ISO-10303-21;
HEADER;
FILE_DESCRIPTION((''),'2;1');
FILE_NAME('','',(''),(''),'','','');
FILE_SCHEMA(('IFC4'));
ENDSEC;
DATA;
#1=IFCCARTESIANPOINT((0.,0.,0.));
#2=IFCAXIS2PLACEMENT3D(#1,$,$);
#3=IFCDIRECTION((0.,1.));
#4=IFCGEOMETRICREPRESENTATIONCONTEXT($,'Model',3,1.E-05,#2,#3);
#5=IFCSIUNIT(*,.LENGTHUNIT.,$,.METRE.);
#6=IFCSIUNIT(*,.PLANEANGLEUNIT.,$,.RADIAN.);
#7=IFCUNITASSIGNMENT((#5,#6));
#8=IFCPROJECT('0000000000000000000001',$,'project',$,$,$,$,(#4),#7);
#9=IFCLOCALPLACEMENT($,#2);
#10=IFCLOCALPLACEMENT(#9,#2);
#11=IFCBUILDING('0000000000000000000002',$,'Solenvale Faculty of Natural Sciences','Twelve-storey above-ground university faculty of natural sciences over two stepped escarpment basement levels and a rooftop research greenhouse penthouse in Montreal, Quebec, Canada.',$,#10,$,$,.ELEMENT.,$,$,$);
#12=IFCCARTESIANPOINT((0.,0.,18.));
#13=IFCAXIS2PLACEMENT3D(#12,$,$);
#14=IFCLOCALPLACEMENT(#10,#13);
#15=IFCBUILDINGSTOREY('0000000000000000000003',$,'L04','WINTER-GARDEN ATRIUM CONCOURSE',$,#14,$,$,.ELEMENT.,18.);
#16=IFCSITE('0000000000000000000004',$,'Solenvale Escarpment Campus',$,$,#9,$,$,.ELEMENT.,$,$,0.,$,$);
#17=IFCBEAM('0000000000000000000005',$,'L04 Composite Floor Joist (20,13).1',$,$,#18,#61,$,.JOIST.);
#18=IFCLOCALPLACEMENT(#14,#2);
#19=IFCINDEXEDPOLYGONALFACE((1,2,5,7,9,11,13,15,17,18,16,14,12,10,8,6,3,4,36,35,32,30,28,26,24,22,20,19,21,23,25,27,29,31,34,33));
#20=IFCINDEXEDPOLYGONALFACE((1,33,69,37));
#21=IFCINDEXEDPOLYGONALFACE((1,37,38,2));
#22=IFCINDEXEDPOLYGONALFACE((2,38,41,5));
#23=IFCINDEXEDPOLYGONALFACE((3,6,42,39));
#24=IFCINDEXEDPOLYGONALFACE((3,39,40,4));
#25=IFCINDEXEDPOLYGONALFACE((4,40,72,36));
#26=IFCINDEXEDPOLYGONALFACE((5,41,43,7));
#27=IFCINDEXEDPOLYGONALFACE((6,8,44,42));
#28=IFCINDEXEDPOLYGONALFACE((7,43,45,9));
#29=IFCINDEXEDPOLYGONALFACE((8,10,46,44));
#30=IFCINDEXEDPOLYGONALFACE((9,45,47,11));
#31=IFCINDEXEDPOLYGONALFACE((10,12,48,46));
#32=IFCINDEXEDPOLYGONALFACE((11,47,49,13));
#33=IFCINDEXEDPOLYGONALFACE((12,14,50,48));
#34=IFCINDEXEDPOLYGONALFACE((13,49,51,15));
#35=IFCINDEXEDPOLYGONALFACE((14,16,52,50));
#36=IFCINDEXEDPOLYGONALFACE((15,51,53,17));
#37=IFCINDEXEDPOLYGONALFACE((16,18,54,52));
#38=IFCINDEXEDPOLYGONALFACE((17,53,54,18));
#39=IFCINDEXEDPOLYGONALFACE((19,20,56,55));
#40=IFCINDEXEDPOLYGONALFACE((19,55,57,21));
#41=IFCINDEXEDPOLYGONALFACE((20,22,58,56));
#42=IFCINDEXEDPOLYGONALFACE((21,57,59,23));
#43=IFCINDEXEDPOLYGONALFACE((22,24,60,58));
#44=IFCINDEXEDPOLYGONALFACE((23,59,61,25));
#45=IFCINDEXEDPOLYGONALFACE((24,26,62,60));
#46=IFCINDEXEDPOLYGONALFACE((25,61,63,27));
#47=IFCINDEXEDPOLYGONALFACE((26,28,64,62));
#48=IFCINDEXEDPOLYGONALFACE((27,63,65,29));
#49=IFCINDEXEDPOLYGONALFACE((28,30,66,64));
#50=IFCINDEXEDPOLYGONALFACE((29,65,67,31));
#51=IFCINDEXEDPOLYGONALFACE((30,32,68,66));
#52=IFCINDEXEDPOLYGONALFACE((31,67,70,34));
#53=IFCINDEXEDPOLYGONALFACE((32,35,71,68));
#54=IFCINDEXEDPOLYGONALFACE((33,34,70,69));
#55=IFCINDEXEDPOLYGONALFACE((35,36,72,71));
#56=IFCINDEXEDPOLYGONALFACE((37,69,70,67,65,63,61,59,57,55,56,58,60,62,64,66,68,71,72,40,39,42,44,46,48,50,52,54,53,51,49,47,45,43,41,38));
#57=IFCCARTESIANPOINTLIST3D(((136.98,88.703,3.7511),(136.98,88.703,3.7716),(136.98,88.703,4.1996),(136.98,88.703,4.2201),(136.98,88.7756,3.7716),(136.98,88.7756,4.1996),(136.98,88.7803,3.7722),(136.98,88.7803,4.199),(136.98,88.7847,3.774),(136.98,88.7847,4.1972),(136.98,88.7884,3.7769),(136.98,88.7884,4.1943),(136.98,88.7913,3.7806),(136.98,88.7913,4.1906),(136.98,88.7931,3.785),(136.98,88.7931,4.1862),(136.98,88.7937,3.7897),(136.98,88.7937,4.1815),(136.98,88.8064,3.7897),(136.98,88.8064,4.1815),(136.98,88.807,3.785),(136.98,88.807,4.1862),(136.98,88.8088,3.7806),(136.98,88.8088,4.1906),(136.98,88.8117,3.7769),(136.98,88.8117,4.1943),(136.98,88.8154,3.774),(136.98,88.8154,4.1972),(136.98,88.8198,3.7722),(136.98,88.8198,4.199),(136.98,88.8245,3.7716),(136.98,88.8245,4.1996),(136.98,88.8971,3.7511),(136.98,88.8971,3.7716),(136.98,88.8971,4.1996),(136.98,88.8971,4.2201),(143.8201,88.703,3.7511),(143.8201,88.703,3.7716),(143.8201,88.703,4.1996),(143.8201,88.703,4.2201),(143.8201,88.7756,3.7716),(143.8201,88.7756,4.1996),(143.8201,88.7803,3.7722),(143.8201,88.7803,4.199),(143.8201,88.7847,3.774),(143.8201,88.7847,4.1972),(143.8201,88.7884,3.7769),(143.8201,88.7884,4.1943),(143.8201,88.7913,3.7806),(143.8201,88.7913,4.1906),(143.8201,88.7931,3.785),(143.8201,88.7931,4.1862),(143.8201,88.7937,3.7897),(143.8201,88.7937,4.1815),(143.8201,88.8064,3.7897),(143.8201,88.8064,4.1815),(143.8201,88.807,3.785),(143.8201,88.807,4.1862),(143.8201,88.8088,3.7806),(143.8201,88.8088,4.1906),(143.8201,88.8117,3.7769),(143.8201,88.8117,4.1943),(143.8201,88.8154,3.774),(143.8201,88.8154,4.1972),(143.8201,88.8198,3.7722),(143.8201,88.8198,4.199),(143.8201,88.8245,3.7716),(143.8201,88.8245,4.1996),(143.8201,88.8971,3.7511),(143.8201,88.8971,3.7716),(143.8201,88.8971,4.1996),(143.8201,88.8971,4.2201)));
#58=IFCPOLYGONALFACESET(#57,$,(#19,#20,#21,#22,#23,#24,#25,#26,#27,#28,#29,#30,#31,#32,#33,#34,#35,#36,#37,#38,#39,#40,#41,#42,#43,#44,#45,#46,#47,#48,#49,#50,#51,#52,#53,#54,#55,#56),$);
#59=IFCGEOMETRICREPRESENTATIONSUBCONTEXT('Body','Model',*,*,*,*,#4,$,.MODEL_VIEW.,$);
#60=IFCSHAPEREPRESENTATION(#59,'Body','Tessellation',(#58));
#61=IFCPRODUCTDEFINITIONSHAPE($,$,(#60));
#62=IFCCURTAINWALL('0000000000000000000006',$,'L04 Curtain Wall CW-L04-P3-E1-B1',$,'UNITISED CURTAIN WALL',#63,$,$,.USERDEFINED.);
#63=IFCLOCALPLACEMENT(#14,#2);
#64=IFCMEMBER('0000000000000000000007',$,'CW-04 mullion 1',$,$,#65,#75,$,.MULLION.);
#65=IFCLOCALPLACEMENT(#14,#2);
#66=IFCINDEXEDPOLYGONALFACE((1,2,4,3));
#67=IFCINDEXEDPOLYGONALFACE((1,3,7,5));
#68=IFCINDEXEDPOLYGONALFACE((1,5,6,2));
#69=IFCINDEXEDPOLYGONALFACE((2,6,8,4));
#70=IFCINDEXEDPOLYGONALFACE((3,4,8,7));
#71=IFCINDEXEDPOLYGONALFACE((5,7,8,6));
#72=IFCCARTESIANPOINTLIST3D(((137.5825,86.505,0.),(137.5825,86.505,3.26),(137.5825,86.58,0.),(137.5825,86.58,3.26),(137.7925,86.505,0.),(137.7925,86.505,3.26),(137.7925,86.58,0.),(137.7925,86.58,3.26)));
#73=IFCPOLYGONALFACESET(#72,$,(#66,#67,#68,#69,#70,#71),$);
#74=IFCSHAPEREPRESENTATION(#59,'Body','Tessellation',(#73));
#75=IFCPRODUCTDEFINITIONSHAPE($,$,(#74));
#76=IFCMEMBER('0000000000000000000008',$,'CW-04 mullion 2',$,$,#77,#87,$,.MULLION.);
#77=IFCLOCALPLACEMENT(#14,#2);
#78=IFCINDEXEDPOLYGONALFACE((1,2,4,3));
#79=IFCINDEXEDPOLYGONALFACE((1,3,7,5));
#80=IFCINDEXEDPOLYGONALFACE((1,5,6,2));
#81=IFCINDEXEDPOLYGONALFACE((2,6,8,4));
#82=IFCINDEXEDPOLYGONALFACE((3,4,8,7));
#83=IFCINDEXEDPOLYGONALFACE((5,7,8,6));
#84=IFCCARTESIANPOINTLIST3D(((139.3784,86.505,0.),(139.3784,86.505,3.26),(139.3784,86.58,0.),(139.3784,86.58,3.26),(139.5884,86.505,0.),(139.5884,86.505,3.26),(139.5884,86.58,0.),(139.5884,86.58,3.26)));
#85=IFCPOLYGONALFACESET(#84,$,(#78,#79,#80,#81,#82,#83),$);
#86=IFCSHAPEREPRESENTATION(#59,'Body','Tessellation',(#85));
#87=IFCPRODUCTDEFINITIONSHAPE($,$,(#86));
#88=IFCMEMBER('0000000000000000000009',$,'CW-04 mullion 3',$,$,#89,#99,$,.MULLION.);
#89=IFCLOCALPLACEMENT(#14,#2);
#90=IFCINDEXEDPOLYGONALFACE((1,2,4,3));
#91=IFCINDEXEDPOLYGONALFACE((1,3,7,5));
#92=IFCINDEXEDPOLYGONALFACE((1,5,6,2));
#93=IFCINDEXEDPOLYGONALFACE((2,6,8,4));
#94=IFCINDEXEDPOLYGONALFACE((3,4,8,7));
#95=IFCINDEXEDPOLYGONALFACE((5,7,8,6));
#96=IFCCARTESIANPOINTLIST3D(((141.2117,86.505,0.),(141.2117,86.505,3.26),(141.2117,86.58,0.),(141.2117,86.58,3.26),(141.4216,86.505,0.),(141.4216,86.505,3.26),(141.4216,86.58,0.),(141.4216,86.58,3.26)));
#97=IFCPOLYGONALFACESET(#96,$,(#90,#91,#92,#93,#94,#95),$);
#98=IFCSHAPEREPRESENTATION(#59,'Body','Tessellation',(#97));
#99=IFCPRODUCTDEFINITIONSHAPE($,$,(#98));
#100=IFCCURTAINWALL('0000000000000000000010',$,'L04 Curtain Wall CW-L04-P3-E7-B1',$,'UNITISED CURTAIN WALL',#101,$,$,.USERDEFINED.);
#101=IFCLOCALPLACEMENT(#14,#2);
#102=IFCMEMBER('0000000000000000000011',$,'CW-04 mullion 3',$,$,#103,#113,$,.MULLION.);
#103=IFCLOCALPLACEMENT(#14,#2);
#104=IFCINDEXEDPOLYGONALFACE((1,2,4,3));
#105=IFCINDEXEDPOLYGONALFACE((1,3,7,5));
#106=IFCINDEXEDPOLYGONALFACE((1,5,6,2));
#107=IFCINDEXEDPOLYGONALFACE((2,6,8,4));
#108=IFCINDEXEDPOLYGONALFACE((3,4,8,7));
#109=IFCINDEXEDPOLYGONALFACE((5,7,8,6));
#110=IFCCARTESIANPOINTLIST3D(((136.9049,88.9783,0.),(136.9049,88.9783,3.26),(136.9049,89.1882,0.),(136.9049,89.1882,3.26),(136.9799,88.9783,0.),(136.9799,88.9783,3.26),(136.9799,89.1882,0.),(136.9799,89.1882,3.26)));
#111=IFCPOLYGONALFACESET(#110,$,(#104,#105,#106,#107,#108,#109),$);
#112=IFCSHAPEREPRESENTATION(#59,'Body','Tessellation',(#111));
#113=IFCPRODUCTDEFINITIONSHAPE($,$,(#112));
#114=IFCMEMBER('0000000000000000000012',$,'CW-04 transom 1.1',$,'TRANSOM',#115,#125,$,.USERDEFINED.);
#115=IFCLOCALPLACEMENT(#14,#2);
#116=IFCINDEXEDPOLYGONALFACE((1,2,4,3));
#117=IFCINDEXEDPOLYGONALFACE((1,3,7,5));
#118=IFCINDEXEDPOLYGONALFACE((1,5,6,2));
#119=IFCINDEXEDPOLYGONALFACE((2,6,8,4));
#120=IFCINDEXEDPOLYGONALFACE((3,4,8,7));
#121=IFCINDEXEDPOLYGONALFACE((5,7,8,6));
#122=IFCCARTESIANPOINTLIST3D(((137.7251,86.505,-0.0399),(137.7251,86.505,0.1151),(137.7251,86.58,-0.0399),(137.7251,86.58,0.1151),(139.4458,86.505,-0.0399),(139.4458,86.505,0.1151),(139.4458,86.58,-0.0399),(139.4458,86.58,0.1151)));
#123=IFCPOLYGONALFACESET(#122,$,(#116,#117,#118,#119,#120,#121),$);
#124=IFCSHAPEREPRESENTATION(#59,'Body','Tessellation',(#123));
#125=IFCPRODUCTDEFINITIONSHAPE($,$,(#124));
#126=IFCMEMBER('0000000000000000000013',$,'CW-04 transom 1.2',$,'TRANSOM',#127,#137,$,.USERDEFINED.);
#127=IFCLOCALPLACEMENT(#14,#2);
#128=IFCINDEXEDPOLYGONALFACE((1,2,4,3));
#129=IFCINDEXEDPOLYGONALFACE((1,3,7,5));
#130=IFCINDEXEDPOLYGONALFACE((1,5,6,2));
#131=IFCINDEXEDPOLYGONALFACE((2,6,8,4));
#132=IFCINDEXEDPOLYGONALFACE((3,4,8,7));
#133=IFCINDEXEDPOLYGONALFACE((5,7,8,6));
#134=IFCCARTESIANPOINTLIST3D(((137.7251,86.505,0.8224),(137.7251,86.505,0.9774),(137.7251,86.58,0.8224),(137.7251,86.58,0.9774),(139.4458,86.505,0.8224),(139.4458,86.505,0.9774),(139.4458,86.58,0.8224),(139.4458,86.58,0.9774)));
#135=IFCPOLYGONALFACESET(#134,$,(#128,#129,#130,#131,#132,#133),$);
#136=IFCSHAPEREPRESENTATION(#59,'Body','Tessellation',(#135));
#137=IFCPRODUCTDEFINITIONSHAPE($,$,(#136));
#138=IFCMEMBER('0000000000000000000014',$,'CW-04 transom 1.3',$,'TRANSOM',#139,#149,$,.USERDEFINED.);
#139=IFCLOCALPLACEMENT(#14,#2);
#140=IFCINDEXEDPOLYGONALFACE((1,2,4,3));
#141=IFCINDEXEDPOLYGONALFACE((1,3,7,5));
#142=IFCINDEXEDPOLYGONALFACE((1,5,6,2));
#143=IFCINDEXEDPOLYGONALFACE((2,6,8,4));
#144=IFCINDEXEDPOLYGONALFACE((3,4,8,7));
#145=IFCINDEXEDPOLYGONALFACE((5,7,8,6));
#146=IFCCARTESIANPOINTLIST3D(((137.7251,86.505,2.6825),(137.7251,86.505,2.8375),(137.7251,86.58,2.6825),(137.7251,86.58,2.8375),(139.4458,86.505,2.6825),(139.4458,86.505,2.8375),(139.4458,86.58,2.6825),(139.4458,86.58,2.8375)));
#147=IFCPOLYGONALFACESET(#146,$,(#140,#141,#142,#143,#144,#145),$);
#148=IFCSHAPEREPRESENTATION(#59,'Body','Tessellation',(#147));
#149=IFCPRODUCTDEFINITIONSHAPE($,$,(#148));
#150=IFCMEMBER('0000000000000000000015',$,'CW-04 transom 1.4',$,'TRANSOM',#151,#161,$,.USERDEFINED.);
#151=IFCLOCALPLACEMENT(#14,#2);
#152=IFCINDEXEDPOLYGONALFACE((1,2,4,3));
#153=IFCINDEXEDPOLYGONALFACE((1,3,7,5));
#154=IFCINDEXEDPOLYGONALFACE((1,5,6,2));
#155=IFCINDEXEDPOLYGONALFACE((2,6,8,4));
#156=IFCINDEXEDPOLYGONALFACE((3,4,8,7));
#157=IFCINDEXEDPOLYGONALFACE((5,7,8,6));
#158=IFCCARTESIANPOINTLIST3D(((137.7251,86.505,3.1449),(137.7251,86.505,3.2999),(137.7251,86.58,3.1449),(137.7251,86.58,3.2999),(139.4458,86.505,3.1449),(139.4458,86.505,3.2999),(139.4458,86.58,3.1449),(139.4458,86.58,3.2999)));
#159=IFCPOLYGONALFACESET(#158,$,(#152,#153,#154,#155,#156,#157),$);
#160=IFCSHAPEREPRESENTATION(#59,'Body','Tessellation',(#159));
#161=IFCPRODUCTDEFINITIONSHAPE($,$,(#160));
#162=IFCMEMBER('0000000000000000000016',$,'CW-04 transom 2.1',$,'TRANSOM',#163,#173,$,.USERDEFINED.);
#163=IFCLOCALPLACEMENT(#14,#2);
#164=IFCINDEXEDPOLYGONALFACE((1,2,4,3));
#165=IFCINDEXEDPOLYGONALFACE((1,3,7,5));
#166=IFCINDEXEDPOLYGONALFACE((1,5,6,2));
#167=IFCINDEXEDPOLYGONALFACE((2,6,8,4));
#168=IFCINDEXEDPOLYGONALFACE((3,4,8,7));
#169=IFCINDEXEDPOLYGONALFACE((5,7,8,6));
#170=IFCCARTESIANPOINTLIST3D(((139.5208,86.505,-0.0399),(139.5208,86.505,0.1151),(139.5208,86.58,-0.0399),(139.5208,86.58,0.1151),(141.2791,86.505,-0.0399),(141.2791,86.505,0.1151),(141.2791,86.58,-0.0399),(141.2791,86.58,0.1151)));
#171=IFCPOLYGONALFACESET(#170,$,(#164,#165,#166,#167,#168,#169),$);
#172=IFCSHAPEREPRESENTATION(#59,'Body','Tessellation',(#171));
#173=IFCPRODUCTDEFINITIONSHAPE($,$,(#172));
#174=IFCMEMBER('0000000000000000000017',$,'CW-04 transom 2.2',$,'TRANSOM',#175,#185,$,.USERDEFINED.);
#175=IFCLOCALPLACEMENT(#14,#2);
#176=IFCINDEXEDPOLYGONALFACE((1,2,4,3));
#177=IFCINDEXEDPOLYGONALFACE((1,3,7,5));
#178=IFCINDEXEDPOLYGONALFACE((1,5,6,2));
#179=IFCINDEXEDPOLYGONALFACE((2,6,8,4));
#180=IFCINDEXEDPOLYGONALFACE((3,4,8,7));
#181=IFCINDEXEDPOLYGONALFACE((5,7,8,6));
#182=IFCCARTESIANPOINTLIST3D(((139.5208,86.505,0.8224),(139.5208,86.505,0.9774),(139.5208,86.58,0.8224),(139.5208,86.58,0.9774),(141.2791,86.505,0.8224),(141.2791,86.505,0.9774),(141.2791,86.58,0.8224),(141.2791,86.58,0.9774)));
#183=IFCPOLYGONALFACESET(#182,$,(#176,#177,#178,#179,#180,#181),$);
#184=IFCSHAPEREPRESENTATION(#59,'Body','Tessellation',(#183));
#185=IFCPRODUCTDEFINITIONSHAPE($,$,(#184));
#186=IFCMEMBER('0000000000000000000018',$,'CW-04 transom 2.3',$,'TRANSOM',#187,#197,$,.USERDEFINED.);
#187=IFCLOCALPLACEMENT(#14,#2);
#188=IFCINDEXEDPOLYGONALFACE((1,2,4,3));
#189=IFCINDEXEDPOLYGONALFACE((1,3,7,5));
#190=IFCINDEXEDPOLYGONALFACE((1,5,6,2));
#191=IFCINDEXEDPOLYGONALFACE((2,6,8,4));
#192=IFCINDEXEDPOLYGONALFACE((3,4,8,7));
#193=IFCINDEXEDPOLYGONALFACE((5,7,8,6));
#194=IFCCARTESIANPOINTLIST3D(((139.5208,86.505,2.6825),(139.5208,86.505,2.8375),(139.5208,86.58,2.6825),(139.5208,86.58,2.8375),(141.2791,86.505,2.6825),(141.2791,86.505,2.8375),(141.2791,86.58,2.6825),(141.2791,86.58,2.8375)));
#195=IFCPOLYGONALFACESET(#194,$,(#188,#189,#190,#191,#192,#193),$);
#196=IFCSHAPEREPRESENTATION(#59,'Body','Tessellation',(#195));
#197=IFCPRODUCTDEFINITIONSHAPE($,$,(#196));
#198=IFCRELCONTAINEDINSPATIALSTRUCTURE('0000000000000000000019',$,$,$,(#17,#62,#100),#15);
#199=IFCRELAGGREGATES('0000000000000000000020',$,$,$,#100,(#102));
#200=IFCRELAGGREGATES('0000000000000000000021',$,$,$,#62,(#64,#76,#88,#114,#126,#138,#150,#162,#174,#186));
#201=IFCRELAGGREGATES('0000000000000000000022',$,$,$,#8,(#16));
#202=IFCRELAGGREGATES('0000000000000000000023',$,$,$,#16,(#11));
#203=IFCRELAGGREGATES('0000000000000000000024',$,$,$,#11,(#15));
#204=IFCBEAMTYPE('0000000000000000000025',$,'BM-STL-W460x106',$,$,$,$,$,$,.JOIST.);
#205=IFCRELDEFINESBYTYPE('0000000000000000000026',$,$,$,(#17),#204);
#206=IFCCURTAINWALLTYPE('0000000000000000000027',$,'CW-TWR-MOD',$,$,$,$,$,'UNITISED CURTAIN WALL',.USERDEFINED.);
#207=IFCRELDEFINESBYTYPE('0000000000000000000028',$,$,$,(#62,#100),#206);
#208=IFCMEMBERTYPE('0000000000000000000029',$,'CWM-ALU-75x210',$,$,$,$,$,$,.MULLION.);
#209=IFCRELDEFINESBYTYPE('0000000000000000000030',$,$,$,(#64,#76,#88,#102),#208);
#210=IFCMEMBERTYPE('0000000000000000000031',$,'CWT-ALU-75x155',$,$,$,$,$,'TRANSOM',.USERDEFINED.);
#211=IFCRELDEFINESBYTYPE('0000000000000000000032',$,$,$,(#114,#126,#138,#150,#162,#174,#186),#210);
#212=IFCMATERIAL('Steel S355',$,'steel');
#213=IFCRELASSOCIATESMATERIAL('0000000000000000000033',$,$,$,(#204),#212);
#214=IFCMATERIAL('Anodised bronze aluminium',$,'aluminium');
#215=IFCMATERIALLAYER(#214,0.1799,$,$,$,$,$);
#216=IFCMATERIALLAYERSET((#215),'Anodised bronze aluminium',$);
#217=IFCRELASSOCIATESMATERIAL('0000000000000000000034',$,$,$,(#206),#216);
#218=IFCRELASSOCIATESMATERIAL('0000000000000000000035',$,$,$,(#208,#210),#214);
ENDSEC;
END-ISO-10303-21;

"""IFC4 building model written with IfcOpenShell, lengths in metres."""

from ifc_helpers import new_model, si_unit, direction, frame, origin, origin_2d, place, context, subcontext, project, spatial, rectangle, i_section, extrude, material, layer, layer_set, material_profile, profile_set, type_object, element, aggregate, save


model = new_model("IFC4")

# Units and contexts
model_context = context("Model", 3, precision=1e-05, world=origin(), true_north=direction((0.0, 1.0)))
body_context = subcontext(model_context, "Body", "Model", "MODEL_VIEW")
ifc_project = project(units=[si_unit("LENGTHUNIT", "METRE"), si_unit("PLANEANGLEUNIT", "RADIAN")], contexts=[model_context])

# Site, building, storey
site_placement = place(None, origin())
site = spatial("IfcSite", under=ifc_project, at=site_placement, Name="Solenvale Escarpment Campus", CompositionType="ELEMENT", RefElevation=0.0)
building_placement = place(site_placement, origin())
building = spatial("IfcBuilding", under=site, at=building_placement, Name="Solenvale Faculty of Natural Sciences", Description="Twelve-storey above-ground university faculty of natural sciences over two stepped escarpment basement levels and a rooftop research greenhouse penthouse in Montreal, Quebec, Canada.", CompositionType="ELEMENT")
storey_placement = place(building_placement, frame((0.0, 0.0, 18.0)))
storey = spatial("IfcBuildingStorey", under=building, at=storey_placement, Name="L04", Description="WINTER-GARDEN ATRIUM CONCOURSE", CompositionType="ELEMENT", Elevation=18.0)

# Beam
ifc_material_1 = material(Name="Steel S355", Category="steel")
ifc_material_profile_1 = material_profile(ifc_material_1, i_section(OverallWidth=0.1941, OverallDepth=0.469, WebThickness=0.0127, FlangeThickness=0.0205, FilletRadius=0.0181, at=origin_2d()), Name="W460x106")
ifc_profile_set_1 = profile_set([ifc_material_profile_1], Name="Steel S355")
beam_type = type_object("IfcBeamType", Name="BM-STL-W460x106", PredefinedType="JOIST", material=ifc_profile_set_1)
beam_placement = place(storey_placement, frame((136.98, 88.8, 3.9856), z_axis=(1.0, 0.0, 0.0), x_axis=(0.0, 1.0, 0.0)))
element("IfcBeam", 1, at=beam_placement, inside=storey, type_object=beam_type, Name="L04 Composite Floor Joist (20,13).1", PredefinedType="JOIST", context=body_context, shape_type="SweptSolid", body=[
    extrude(i_section(OverallWidth=0.1941, OverallDepth=0.469, WebThickness=0.0127, FlangeThickness=0.0205, FilletRadius=0.0181, at=origin_2d()), origin(), (0.0, 0.0, 1.0), 6.8401),
])

# Curtain wall, members
ifc_material_2 = material(Name="Anodised bronze aluminium", Category="aluminium")
ifc_layer_1 = layer(ifc_material_2, 0.1799)
ifc_layer_set_1 = layer_set([ifc_layer_1], Name="Anodised bronze aluminium")
curtain_wall_type = type_object("IfcCurtainWallType", Name="CW-TWR-MOD", ElementType="UNITISED CURTAIN WALL", PredefinedType="USERDEFINED", material=ifc_layer_set_1)
curtain_wall_1_placement = place(storey_placement, origin())
curtain_wall_1 = element("IfcCurtainWall", 2, at=curtain_wall_1_placement, inside=storey, type_object=curtain_wall_type, Name="L04 Curtain Wall CW-L04-P3-E1-B1", ObjectType="UNITISED CURTAIN WALL", PredefinedType="USERDEFINED")
ifc_material_profile_2 = material_profile(ifc_material_2, rectangle(XDim=0.075, YDim=0.21, at=origin_2d()), Name="ALU-MUL-75x210")
ifc_profile_set_2 = profile_set([ifc_material_profile_2], Name="Anodised bronze aluminium")
member_type_1 = type_object("IfcMemberType", Name="CWM-ALU-75x210", PredefinedType="MULLION", material=ifc_profile_set_2)
member_1_placement = place(storey_placement, frame((137.6875, 86.5425, 0.0), z_axis=(0.0, 0.0, 1.0), x_axis=(0.0, 1.0, 0.0)))
member_1 = element("IfcMember", 3, at=member_1_placement, type_object=member_type_1, Name="CW-04 mullion 1", PredefinedType="MULLION", context=body_context, shape_type="SweptSolid", body=[
    extrude(rectangle(XDim=0.075, YDim=0.21, at=origin_2d()), origin(), (0.0, 0.0, 1.0), 3.26),
])
member_2_placement = place(storey_placement, frame((139.4834, 86.5425, 0.0), z_axis=(0.0, 0.0, 1.0), x_axis=(0.0, 1.0, 0.0)))
member_2 = element("IfcMember", 4, at=member_2_placement, type_object=member_type_1, Name="CW-04 mullion 2", PredefinedType="MULLION", context=body_context, shape_type="SweptSolid", body=[
    extrude(rectangle(XDim=0.075, YDim=0.21, at=origin_2d()), origin(), (0.0, 0.0, 1.0), 3.26),
])
member_3_placement = place(storey_placement, frame((141.3167, 86.5425, 0.0), z_axis=(0.0, 0.0, 1.0), x_axis=(0.0, 1.0, 0.0)))
member_3 = element("IfcMember", 5, at=member_3_placement, type_object=member_type_1, Name="CW-04 mullion 3", PredefinedType="MULLION", context=body_context, shape_type="SweptSolid", body=[
    extrude(rectangle(XDim=0.075, YDim=0.21, at=origin_2d()), origin(), (0.0, 0.0, 1.0), 3.26),
])

# Curtain wall, member
curtain_wall_2_placement = place(storey_placement, origin())
curtain_wall_2 = element("IfcCurtainWall", 6, at=curtain_wall_2_placement, inside=storey, type_object=curtain_wall_type, Name="L04 Curtain Wall CW-L04-P3-E7-B1", ObjectType="UNITISED CURTAIN WALL", PredefinedType="USERDEFINED")
member_4_placement = place(storey_placement, frame((136.9424, 89.0833, 0.0), z_axis=(0.0, 0.0, 1.0), x_axis=(1.0, 0.0, 0.0)))
member_4 = element("IfcMember", 7, at=member_4_placement, type_object=member_type_1, Name="CW-04 mullion 3", PredefinedType="MULLION", context=body_context, shape_type="SweptSolid", body=[
    extrude(rectangle(XDim=0.075, YDim=0.21, at=origin_2d()), origin(), (0.0, 0.0, 1.0), 3.26),
])

# Members
ifc_material_profile_3 = material_profile(ifc_material_2, rectangle(XDim=0.075, YDim=0.155, at=origin_2d()), Name="ALU-TRN-75x155")
ifc_profile_set_3 = profile_set([ifc_material_profile_3], Name="Anodised bronze aluminium")
member_type_2 = type_object("IfcMemberType", Name="CWT-ALU-75x155", ElementType="TRANSOM", PredefinedType="USERDEFINED", material=ifc_profile_set_3)
member_5_placement = place(storey_placement, frame((137.7251, 86.5425, 0.0376), z_axis=(1.0, 0.0, 0.0), x_axis=(0.0, 1.0, 0.0)))
member_5 = element("IfcMember", 8, at=member_5_placement, type_object=member_type_2, Name="CW-04 transom 1.1", ObjectType="TRANSOM", PredefinedType="USERDEFINED", context=body_context, shape_type="SweptSolid", body=[
    extrude(rectangle(XDim=0.075, YDim=0.155, at=origin_2d()), origin(), (0.0, 0.0, 1.0), 1.7207),
])
member_6_placement = place(storey_placement, frame((137.7251, 86.5425, 0.8999), z_axis=(1.0, 0.0, 0.0), x_axis=(0.0, 1.0, 0.0)))
member_6 = element("IfcMember", 9, at=member_6_placement, type_object=member_type_2, Name="CW-04 transom 1.2", ObjectType="TRANSOM", PredefinedType="USERDEFINED", context=body_context, shape_type="SweptSolid", body=[
    extrude(rectangle(XDim=0.075, YDim=0.155, at=origin_2d()), origin(), (0.0, 0.0, 1.0), 1.7207),
])
member_7_placement = place(storey_placement, frame((137.7251, 86.5425, 2.76), z_axis=(1.0, 0.0, 0.0), x_axis=(0.0, 1.0, 0.0)))
member_7 = element("IfcMember", 10, at=member_7_placement, type_object=member_type_2, Name="CW-04 transom 1.3", ObjectType="TRANSOM", PredefinedType="USERDEFINED", context=body_context, shape_type="SweptSolid", body=[
    extrude(rectangle(XDim=0.075, YDim=0.155, at=origin_2d()), origin(), (0.0, 0.0, 1.0), 1.7207),
])
member_8_placement = place(storey_placement, frame((137.7251, 86.5425, 3.2224), z_axis=(1.0, 0.0, 0.0), x_axis=(0.0, 1.0, 0.0)))
member_8 = element("IfcMember", 11, at=member_8_placement, type_object=member_type_2, Name="CW-04 transom 1.4", ObjectType="TRANSOM", PredefinedType="USERDEFINED", context=body_context, shape_type="SweptSolid", body=[
    extrude(rectangle(XDim=0.075, YDim=0.155, at=origin_2d()), origin(), (0.0, 0.0, 1.0), 1.7207),
])
member_9_placement = place(storey_placement, frame((139.5208, 86.5425, 0.0376), z_axis=(1.0, 0.0, 0.0), x_axis=(0.0, 1.0, 0.0)))
member_9 = element("IfcMember", 12, at=member_9_placement, type_object=member_type_2, Name="CW-04 transom 2.1", ObjectType="TRANSOM", PredefinedType="USERDEFINED", context=body_context, shape_type="SweptSolid", body=[
    extrude(rectangle(XDim=0.075, YDim=0.155, at=origin_2d()), origin(), (0.0, 0.0, 1.0), 1.7583),
])
member_10_placement = place(storey_placement, frame((139.5208, 86.5425, 0.8999), z_axis=(1.0, 0.0, 0.0), x_axis=(0.0, 1.0, 0.0)))
member_10 = element("IfcMember", 13, at=member_10_placement, type_object=member_type_2, Name="CW-04 transom 2.2", ObjectType="TRANSOM", PredefinedType="USERDEFINED", context=body_context, shape_type="SweptSolid", body=[
    extrude(rectangle(XDim=0.075, YDim=0.155, at=origin_2d()), origin(), (0.0, 0.0, 1.0), 1.7583),
])
member_11_placement = place(storey_placement, frame((139.5208, 86.5425, 2.76), z_axis=(1.0, 0.0, 0.0), x_axis=(0.0, 1.0, 0.0)))
member_11 = element("IfcMember", 14, at=member_11_placement, type_object=member_type_2, Name="CW-04 transom 2.3", ObjectType="TRANSOM", PredefinedType="USERDEFINED", context=body_context, shape_type="SweptSolid", body=[
    extrude(rectangle(XDim=0.075, YDim=0.155, at=origin_2d()), origin(), (0.0, 0.0, 1.0), 1.7583),
])
aggregate(curtain_wall_2, [member_4])

aggregate(curtain_wall_1, [member_1, member_2, member_3, member_5, member_6, member_7, member_8, member_9, member_10, member_11])

save(model, "model.ifc")
